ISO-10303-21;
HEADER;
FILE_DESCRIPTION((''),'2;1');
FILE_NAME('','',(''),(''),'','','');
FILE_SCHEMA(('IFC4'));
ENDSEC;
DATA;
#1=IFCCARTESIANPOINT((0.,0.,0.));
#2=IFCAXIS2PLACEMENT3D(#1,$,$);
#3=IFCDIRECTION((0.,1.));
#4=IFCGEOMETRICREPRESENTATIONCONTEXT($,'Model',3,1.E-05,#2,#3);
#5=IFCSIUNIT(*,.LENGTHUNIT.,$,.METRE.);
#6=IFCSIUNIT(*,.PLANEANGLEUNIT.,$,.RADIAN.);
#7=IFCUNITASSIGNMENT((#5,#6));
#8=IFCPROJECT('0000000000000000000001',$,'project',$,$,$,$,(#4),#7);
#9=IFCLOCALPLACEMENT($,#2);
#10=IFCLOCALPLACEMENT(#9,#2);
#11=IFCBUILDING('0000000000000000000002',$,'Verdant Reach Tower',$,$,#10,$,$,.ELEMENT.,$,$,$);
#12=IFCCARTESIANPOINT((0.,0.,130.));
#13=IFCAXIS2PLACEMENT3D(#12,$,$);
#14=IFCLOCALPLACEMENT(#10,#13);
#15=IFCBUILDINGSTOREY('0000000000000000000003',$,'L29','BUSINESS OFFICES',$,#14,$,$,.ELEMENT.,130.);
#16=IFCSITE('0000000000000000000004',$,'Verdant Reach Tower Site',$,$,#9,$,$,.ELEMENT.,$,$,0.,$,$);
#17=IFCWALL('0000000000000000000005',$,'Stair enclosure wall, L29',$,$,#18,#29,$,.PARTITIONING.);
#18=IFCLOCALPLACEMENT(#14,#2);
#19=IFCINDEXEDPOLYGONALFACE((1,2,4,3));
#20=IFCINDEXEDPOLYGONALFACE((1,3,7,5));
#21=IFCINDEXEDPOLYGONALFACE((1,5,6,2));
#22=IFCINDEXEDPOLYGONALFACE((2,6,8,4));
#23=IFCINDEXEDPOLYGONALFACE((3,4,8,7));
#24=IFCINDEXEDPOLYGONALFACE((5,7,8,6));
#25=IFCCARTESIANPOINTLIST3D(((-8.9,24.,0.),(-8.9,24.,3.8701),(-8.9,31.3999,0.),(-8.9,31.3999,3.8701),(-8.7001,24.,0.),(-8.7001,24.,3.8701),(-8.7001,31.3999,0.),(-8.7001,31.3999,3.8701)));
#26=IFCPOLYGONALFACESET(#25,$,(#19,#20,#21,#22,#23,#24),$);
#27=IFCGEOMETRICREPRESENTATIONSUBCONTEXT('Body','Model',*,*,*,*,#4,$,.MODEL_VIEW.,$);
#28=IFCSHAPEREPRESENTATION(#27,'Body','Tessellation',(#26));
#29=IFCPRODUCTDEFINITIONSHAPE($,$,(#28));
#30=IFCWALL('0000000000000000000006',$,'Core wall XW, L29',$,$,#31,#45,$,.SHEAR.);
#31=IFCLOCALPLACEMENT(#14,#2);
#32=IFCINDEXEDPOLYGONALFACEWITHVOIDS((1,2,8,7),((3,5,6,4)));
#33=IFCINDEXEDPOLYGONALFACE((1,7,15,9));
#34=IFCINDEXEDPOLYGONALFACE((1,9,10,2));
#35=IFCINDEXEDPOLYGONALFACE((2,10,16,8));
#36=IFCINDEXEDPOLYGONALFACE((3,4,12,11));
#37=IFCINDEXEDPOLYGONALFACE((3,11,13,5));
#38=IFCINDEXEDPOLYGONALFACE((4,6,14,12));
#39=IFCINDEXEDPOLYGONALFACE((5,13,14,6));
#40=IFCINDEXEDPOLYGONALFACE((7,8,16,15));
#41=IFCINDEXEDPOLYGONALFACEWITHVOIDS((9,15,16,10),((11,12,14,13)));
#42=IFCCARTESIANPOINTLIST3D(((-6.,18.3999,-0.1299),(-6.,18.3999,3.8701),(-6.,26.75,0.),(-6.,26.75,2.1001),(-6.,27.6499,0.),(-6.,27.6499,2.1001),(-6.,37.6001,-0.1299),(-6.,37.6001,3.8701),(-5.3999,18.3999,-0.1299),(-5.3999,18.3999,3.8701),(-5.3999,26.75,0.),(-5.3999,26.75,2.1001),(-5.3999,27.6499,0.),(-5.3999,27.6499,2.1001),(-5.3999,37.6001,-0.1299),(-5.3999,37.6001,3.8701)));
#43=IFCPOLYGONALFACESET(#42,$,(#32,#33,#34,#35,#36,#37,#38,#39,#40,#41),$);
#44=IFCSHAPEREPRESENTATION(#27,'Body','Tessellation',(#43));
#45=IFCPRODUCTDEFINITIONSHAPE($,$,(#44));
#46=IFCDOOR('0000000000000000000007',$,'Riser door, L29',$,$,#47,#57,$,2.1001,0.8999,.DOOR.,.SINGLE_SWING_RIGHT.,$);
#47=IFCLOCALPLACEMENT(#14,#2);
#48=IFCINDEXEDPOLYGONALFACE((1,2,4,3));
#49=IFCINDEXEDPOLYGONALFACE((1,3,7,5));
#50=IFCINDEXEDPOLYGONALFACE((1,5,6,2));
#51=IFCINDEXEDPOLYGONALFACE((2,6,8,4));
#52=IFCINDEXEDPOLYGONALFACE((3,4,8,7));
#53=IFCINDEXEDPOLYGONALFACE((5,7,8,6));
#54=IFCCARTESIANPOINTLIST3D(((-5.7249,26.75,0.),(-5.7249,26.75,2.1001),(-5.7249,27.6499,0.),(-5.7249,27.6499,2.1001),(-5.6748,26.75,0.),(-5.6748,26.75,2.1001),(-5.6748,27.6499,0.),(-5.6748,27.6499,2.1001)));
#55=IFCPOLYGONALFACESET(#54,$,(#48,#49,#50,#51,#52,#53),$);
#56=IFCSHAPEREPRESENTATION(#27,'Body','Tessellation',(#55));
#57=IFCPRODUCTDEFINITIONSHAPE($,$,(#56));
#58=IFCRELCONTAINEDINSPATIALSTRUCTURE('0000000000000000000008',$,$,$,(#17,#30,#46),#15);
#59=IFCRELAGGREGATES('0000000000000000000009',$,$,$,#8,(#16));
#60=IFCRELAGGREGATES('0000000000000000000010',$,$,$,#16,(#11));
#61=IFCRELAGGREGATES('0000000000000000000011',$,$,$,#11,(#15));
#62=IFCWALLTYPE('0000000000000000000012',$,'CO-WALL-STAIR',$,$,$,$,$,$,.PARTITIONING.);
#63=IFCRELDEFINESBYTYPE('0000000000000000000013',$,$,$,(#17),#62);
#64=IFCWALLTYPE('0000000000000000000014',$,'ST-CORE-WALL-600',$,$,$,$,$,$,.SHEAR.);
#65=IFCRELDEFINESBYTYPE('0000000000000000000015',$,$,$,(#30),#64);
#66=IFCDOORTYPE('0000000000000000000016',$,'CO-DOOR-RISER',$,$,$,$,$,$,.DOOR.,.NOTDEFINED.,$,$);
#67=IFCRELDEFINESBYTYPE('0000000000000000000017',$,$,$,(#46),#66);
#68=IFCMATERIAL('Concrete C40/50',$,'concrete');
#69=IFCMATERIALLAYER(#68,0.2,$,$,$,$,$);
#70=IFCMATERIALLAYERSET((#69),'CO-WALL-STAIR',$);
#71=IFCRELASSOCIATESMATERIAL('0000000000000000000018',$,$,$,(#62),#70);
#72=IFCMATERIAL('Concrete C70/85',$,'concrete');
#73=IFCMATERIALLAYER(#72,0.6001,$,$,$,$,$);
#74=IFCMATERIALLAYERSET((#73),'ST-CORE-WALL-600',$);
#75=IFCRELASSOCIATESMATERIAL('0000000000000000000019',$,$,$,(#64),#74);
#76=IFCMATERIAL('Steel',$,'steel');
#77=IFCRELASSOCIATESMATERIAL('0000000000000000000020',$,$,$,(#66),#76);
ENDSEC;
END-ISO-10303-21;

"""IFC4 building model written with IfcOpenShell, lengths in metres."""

from ifc_helpers import new_model, si_unit, direction, frame, frame_2d, origin, place, context, subcontext, project, spatial, rectangle, extrude, material, layer, layer_set, type_object, element, fill, save


model = new_model("IFC4")

# Units and contexts
model_context = context("Model", 3, precision=1e-05, world=origin(), true_north=direction((0.0, 1.0)))
body_context = subcontext(model_context, "Body", "Model", "MODEL_VIEW")
ifc_project = project(units=[si_unit("LENGTHUNIT", "METRE"), si_unit("PLANEANGLEUNIT", "RADIAN")], contexts=[model_context])

# Site, building, storey
site_placement = place(None, origin())
site = spatial("IfcSite", under=ifc_project, at=site_placement, Name="Verdant Reach Tower Site", CompositionType="ELEMENT", RefElevation=0.0)
building_placement = place(site_placement, origin())
building = spatial("IfcBuilding", under=site, at=building_placement, Name="Verdant Reach Tower", CompositionType="ELEMENT")
storey_placement = place(building_placement, frame((0.0, 0.0, 130.0)))
storey = spatial("IfcBuildingStorey", under=building, at=storey_placement, Name="L29", Description="BUSINESS OFFICES", CompositionType="ELEMENT", Elevation=130.0)

# Shared definitions
ifc_material_1 = material(Name="Concrete C40/50", Category="concrete")

# Shared definitions
ifc_layer_1 = layer(ifc_material_1, 0.2)
ifc_layer_set_1 = layer_set([ifc_layer_1], Name="CO-WALL-STAIR")
wall_type_1 = type_object("IfcWallType", Name="CO-WALL-STAIR", PredefinedType="PARTITIONING", material=ifc_layer_set_1)

# Wall
wall_1_placement = place(storey_placement, frame((-8.8, 24.0, 0.0), z_axis=(0.0, 0.0, 1.0), x_axis=(0.0, 1.0, 0.0)))
element("IfcWall", 1, at=wall_1_placement, inside=storey, type_object=wall_type_1, Name="Stair enclosure wall, L29", PredefinedType="PARTITIONING", context=body_context, shape_type="SweptSolid", body=[
    extrude(rectangle(XDim=7.3999, YDim=0.2, at=frame_2d((3.7, 0.0))), origin(), (0.0, 0.0, 1.0), 3.8701),
])

# Wall, opening, door
ifc_material_2 = material(Name="Concrete C70/85", Category="concrete")
ifc_layer_2 = layer(ifc_material_2, 0.6001)
ifc_layer_set_2 = layer_set([ifc_layer_2], Name="ST-CORE-WALL-600")
wall_type_2 = type_object("IfcWallType", Name="ST-CORE-WALL-600", PredefinedType="SHEAR", material=ifc_layer_set_2)
wall_2_placement = place(storey_placement, frame((-5.7, 18.3999, -0.1299), z_axis=(0.0, 0.0, 1.0), x_axis=(0.0, 1.0, 0.0)))
wall_2 = element("IfcWall", 2, at=wall_2_placement, inside=storey, type_object=wall_type_2, Name="Core wall XW, L29", PredefinedType="SHEAR", context=body_context, shape_type="SweptSolid", body=[
    extrude(rectangle(XDim=19.2002, YDim=0.6001, at=frame_2d((9.6001, 0.0))), origin(), (0.0, 0.0, 1.0), 4.0),
])
opening_1_placement = place(wall_2_placement, frame((8.3501, 0.0, 0.1299)))
opening_1 = element("IfcOpeningElement", 3, at=opening_1_placement, cuts=wall_2, PredefinedType="OPENING", context=body_context, shape_type="SweptSolid", body=[
    extrude(rectangle(XDim=0.8999, YDim=2.1001, at=frame_2d((0.45, 1.05))), frame((0.0, 0.3101, 0.0), z_axis=(0.0, -1.0, 0.0), x_axis=(1.0, 0.0, 0.0)), (0.0, 0.0, 1.0), 0.6201),
])
ifc_material_3 = material(Name="Steel", Category="steel")
door_type_1 = type_object("IfcDoorType", Name="CO-DOOR-RISER", OperationType="NOTDEFINED", PredefinedType="DOOR", material=ifc_material_3)
door_1_placement = place(opening_1_placement, origin())
door_1 = element("IfcDoor", 4, at=door_1_placement, inside=storey, type_object=door_type_1, Name="Riser door, L29", OperationType="SINGLE_SWING_RIGHT", OverallHeight=2.1001, OverallWidth=0.8999, PredefinedType="DOOR", context=body_context, shape_type="SweptSolid", body=[
    extrude(rectangle(XDim=0.8999, YDim=2.1001, at=frame_2d((0.45, 1.05))), frame((0.0, 0.0249, 0.0), z_axis=(0.0, -1.0, 0.0), x_axis=(1.0, 0.0, 0.0)), (0.0, 0.0, 1.0), 0.05),
])
fill(opening_1, door_1)

save(model, "model.ifc")
